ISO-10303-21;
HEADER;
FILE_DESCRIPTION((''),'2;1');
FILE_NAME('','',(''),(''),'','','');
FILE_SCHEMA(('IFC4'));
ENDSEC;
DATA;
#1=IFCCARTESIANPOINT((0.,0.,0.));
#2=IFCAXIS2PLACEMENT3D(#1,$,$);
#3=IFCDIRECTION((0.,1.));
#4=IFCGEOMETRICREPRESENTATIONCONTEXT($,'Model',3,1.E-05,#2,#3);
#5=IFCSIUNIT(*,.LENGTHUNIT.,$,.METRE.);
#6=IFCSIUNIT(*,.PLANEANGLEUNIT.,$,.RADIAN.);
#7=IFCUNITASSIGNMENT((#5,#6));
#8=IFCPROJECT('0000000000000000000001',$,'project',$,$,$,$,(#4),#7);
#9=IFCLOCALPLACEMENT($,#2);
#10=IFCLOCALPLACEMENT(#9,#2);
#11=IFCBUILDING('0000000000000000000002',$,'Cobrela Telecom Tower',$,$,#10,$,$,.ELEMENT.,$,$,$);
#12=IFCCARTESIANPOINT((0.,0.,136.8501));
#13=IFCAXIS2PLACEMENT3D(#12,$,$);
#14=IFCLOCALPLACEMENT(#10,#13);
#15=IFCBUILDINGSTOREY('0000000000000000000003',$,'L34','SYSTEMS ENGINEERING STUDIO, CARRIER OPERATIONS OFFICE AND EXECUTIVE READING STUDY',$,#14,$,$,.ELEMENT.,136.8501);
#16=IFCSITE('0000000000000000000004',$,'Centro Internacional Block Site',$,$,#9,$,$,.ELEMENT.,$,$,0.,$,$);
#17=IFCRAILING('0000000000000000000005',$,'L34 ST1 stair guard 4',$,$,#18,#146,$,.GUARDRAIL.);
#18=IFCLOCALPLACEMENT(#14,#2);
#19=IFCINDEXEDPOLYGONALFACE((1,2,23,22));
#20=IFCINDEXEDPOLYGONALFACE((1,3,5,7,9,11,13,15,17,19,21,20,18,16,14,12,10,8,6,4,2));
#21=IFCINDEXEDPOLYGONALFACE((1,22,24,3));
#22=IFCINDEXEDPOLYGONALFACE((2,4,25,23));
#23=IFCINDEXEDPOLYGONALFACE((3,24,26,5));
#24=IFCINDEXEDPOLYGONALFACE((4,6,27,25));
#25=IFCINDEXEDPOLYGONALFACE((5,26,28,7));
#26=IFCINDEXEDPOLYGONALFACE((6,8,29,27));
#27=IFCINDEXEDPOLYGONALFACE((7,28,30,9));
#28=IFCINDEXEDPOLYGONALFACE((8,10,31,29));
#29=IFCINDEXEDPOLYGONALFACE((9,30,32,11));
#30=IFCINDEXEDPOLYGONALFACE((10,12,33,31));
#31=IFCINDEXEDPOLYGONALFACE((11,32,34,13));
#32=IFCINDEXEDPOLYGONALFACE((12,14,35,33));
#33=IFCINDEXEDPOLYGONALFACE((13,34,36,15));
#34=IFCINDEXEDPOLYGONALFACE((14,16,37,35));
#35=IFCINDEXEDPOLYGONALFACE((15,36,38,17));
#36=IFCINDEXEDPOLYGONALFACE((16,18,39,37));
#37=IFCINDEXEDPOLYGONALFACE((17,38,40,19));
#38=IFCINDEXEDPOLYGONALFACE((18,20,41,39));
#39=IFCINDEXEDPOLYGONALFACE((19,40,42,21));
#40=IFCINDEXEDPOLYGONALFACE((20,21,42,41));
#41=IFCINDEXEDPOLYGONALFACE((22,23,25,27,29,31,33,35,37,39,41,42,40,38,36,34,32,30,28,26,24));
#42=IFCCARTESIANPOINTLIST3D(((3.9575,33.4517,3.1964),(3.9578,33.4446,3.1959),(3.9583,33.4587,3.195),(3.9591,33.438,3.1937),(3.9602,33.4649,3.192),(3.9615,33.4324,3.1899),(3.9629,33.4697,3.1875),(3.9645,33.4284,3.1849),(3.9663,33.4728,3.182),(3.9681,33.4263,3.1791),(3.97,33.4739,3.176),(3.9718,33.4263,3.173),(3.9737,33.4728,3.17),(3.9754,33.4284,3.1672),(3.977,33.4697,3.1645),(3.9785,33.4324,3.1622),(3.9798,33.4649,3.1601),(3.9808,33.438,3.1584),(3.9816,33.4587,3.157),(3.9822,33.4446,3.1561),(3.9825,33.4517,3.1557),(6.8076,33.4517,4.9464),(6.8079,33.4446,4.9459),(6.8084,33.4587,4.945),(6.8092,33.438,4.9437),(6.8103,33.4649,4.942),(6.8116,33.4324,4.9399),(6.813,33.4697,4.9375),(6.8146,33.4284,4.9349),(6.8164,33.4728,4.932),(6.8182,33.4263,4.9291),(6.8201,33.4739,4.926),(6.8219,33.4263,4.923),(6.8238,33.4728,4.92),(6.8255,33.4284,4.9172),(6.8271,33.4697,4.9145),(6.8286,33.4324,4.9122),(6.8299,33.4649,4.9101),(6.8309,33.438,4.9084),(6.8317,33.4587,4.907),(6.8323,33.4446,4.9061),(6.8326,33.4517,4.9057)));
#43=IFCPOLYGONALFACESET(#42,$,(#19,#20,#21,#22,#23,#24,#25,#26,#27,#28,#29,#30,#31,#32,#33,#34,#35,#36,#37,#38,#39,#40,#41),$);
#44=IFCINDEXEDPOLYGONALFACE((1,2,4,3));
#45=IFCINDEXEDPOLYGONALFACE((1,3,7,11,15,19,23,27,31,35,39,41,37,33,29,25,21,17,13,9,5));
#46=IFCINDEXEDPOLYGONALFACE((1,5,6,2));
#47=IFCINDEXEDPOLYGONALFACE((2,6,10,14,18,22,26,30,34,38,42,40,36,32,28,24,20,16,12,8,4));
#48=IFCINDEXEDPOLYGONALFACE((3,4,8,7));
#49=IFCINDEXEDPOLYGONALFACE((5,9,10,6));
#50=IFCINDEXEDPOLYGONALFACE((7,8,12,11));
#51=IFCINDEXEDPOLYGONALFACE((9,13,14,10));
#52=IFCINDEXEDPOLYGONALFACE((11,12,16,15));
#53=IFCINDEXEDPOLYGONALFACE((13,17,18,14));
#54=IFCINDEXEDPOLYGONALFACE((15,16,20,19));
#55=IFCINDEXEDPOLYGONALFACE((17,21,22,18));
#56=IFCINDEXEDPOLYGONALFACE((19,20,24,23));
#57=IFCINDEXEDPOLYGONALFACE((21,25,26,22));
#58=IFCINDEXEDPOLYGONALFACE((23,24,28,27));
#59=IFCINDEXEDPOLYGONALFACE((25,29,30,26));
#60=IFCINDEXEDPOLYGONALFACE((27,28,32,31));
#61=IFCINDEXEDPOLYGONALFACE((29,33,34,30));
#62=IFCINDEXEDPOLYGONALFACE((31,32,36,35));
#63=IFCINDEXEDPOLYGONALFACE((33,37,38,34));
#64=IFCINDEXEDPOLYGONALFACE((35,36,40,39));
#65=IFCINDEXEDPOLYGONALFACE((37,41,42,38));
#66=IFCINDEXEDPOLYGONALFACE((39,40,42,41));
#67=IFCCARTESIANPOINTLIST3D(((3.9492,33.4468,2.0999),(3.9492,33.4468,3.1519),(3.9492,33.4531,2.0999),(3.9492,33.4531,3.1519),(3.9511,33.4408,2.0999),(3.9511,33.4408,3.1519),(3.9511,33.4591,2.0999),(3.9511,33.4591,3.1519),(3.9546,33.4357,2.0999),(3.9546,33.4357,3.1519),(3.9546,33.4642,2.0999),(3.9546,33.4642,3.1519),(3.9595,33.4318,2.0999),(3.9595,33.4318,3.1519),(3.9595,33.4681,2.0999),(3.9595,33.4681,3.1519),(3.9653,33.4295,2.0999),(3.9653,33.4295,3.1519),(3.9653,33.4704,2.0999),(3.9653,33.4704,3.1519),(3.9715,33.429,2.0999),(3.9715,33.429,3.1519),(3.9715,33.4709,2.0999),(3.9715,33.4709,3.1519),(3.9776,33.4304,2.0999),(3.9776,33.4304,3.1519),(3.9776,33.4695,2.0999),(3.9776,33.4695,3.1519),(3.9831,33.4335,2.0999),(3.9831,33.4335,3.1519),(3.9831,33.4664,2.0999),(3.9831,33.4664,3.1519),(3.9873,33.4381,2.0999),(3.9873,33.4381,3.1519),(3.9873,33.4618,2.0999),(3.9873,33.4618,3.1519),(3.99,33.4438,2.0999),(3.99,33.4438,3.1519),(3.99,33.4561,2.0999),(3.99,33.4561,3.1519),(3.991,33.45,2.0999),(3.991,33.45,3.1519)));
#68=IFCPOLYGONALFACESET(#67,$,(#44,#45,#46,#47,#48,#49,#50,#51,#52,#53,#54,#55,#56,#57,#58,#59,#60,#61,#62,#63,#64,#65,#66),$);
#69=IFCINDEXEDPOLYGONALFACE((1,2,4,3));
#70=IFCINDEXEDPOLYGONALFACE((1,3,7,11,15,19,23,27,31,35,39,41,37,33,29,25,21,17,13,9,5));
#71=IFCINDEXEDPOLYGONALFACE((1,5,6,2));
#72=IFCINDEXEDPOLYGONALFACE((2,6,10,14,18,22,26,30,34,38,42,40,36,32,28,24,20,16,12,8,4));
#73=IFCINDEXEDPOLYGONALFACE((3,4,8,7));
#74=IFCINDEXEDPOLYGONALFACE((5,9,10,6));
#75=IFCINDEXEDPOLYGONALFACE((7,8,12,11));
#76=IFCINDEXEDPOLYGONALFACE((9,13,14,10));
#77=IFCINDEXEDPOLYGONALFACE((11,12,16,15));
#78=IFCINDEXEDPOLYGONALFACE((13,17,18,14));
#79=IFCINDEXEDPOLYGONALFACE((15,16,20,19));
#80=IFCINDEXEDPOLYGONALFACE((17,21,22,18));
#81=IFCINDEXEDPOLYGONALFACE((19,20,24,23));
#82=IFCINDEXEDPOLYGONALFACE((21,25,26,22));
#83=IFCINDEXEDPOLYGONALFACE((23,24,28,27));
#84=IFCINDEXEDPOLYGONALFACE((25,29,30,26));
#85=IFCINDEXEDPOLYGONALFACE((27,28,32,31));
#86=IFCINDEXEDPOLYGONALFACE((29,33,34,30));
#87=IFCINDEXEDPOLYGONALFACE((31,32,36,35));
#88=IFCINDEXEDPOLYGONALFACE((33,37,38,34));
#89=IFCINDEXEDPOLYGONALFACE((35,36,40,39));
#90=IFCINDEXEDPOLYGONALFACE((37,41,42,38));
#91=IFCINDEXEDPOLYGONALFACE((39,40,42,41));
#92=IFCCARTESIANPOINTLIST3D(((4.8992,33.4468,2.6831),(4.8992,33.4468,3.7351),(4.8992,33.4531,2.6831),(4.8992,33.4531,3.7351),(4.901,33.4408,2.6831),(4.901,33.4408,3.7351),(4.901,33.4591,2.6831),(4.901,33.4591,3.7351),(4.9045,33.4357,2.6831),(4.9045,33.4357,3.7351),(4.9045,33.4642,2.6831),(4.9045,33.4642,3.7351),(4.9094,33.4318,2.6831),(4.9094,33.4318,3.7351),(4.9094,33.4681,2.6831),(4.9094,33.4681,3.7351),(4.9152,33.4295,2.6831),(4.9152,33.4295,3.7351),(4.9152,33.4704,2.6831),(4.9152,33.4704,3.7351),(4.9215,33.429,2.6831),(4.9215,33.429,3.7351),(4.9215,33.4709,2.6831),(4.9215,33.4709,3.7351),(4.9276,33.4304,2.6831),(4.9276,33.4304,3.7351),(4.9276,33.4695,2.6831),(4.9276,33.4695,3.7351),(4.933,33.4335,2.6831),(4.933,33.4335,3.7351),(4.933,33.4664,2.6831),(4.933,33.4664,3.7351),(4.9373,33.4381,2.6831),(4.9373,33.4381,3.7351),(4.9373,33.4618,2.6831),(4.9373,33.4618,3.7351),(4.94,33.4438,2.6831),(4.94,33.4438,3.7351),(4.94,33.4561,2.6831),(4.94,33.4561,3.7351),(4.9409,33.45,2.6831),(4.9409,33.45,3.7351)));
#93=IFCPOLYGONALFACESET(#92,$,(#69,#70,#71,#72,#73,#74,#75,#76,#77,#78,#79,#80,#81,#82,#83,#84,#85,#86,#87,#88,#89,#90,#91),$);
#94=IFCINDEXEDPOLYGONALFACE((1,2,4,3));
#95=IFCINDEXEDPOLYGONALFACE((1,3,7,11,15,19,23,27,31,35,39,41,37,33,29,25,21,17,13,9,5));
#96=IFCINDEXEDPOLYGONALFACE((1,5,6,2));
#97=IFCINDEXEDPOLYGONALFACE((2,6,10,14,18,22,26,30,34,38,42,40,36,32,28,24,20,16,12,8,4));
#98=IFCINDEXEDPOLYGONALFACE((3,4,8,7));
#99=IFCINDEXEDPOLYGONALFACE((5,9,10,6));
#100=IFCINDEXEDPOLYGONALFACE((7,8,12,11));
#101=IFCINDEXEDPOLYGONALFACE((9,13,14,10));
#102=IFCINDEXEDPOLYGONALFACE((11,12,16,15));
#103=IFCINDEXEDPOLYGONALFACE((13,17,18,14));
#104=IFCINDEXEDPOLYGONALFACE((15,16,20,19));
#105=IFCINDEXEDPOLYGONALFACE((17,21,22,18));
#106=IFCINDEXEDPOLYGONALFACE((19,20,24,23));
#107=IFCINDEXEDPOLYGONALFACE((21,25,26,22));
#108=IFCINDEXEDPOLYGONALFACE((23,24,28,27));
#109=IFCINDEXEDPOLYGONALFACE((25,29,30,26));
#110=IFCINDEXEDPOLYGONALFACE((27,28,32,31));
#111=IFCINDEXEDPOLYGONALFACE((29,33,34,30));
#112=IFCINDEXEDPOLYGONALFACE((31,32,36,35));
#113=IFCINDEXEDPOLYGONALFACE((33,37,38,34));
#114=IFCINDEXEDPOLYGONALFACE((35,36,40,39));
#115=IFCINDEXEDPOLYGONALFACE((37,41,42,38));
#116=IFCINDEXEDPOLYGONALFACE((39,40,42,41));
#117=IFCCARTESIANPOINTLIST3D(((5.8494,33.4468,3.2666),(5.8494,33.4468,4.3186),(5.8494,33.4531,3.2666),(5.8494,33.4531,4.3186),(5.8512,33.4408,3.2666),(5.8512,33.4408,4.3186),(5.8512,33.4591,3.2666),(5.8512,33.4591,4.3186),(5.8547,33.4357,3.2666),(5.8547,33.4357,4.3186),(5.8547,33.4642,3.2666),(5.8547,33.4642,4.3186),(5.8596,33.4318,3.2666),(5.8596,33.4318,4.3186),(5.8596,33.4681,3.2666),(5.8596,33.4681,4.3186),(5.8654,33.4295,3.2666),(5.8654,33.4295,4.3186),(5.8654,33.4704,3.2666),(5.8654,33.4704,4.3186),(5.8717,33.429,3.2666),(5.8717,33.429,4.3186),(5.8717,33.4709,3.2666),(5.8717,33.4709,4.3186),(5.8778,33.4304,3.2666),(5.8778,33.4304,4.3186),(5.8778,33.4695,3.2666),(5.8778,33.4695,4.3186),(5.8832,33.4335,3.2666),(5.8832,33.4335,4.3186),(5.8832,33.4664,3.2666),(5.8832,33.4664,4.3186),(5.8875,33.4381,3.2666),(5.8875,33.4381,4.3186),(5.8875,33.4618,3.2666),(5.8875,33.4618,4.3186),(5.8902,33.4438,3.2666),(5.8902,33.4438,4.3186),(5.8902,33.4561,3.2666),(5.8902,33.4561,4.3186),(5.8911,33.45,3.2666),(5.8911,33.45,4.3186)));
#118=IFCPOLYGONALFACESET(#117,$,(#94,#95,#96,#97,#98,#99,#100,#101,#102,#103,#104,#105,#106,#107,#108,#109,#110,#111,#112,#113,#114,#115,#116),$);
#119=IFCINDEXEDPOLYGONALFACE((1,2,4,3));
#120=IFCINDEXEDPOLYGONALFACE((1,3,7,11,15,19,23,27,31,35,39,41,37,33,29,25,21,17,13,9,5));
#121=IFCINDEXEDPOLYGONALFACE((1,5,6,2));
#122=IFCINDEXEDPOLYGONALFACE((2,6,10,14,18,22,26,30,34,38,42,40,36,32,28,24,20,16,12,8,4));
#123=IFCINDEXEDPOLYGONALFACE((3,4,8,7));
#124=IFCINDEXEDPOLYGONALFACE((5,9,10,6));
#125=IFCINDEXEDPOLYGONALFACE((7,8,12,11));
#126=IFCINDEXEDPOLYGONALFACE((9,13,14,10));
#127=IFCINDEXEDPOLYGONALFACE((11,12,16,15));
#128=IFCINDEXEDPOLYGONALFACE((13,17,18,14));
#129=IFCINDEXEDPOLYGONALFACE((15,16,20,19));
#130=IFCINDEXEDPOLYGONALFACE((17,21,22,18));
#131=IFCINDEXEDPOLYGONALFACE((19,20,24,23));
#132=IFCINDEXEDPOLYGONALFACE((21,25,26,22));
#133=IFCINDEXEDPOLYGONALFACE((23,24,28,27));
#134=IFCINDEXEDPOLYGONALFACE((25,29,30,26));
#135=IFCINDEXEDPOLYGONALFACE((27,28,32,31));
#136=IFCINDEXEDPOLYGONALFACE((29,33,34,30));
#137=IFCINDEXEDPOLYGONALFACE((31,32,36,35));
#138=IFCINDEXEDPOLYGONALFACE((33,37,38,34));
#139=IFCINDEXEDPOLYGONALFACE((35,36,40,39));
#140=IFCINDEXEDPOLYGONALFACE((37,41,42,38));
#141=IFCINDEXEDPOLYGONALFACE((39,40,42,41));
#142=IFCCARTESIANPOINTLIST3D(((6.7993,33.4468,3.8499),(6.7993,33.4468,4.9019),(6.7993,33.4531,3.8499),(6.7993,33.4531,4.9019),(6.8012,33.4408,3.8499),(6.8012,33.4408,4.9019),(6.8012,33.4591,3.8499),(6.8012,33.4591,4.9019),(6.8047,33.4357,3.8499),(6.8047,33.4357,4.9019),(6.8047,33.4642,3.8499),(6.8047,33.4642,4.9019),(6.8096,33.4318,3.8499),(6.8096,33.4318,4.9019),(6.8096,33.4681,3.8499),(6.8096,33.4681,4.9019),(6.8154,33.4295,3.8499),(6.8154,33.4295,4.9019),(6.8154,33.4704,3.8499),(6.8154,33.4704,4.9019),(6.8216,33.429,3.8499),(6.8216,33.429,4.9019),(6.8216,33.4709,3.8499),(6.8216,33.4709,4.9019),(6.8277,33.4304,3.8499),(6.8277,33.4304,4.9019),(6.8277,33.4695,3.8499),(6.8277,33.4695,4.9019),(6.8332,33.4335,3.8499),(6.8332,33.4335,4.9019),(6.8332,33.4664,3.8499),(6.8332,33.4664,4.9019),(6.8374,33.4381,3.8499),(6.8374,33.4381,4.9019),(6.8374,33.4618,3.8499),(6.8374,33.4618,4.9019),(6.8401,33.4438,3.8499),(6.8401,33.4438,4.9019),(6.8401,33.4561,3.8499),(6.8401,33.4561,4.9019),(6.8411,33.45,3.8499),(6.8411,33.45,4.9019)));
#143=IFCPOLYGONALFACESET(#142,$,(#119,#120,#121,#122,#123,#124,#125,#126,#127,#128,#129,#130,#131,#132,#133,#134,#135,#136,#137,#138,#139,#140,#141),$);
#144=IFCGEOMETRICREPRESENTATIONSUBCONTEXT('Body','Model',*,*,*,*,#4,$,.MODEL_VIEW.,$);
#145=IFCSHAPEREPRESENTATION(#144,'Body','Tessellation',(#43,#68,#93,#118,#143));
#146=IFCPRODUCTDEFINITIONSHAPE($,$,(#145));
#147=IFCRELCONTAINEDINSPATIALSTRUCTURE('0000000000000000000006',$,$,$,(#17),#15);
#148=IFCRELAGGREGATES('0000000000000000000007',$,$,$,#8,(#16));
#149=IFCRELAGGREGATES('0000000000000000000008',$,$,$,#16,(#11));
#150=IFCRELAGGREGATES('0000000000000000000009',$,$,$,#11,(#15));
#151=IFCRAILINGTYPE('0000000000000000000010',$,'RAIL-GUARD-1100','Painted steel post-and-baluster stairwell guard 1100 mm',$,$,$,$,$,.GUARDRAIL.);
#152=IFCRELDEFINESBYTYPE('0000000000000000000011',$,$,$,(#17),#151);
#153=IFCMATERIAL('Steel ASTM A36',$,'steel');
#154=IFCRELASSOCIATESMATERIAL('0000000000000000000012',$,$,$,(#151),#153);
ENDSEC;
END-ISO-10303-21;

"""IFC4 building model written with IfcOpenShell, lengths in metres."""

from ifc_helpers import new_model, si_unit, direction, frame, origin, origin_2d, place, context, subcontext, project, spatial, circle, extrude, material, type_object, element, save


model = new_model("IFC4")

# Units and contexts
model_context = context("Model", 3, precision=1e-05, world=origin(), true_north=direction((0.0, 1.0)))
body_context = subcontext(model_context, "Body", "Model", "MODEL_VIEW")
ifc_project = project(units=[si_unit("LENGTHUNIT", "METRE"), si_unit("PLANEANGLEUNIT", "RADIAN")], contexts=[model_context])

# Site, building, storey
site_placement = place(None, origin())
site = spatial("IfcSite", under=ifc_project, at=site_placement, Name="Centro Internacional Block Site", CompositionType="ELEMENT", RefElevation=0.0)
building_placement = place(site_placement, origin())
building = spatial("IfcBuilding", under=site, at=building_placement, Name="Cobrela Telecom Tower", CompositionType="ELEMENT")
storey_placement = place(building_placement, frame((0.0, 0.0, 136.8501)))
storey = spatial("IfcBuildingStorey", under=building, at=storey_placement, Name="L34", Description="SYSTEMS ENGINEERING STUDIO, CARRIER OPERATIONS OFFICE AND EXECUTIVE READING STUDY", CompositionType="ELEMENT", Elevation=136.8501)

# Shared definitions
ifc_material_1 = material(Name="Steel ASTM A36", Category="steel")

# Railing
railing_type_1 = type_object("IfcRailingType", Name="RAIL-GUARD-1100", Description="Painted steel post-and-baluster stairwell guard 1100 mm", PredefinedType="GUARDRAIL", material=ifc_material_1)
railing_1_placement = place(storey_placement, frame((3.97, 33.45, 2.0999)))
element("IfcRailing", 1, at=railing_1_placement, inside=storey, type_object=railing_type_1, Name="L34 ST1 stair guard 4", PredefinedType="GUARDRAIL", context=body_context, shape_type="SweptSolid", body=[
    extrude(circle(Radius=0.0239, at=origin_2d()), frame((0.0, 0.0, 1.0762), z_axis=(0.852179, 0.0, 0.52325), x_axis=(0.0, 1.0, 0.0)), (0.0, 0.0, 1.0), 3.3445),
    extrude(circle(Radius=0.021, at=origin_2d()), origin(), (0.0, 0.0, 1.0), 1.052),
    extrude(circle(Radius=0.021, at=origin_2d()), frame((0.95, 0.0, 0.5833)), (0.0, 0.0, 1.0), 1.052),
    extrude(circle(Radius=0.021, at=origin_2d()), frame((1.9001, 0.0, 1.1667)), (0.0, 0.0, 1.0), 1.052),
    extrude(circle(Radius=0.021, at=origin_2d()), frame((2.8501, 0.0, 1.75)), (0.0, 0.0, 1.0), 1.052),
])

save(model, "model.ifc")
